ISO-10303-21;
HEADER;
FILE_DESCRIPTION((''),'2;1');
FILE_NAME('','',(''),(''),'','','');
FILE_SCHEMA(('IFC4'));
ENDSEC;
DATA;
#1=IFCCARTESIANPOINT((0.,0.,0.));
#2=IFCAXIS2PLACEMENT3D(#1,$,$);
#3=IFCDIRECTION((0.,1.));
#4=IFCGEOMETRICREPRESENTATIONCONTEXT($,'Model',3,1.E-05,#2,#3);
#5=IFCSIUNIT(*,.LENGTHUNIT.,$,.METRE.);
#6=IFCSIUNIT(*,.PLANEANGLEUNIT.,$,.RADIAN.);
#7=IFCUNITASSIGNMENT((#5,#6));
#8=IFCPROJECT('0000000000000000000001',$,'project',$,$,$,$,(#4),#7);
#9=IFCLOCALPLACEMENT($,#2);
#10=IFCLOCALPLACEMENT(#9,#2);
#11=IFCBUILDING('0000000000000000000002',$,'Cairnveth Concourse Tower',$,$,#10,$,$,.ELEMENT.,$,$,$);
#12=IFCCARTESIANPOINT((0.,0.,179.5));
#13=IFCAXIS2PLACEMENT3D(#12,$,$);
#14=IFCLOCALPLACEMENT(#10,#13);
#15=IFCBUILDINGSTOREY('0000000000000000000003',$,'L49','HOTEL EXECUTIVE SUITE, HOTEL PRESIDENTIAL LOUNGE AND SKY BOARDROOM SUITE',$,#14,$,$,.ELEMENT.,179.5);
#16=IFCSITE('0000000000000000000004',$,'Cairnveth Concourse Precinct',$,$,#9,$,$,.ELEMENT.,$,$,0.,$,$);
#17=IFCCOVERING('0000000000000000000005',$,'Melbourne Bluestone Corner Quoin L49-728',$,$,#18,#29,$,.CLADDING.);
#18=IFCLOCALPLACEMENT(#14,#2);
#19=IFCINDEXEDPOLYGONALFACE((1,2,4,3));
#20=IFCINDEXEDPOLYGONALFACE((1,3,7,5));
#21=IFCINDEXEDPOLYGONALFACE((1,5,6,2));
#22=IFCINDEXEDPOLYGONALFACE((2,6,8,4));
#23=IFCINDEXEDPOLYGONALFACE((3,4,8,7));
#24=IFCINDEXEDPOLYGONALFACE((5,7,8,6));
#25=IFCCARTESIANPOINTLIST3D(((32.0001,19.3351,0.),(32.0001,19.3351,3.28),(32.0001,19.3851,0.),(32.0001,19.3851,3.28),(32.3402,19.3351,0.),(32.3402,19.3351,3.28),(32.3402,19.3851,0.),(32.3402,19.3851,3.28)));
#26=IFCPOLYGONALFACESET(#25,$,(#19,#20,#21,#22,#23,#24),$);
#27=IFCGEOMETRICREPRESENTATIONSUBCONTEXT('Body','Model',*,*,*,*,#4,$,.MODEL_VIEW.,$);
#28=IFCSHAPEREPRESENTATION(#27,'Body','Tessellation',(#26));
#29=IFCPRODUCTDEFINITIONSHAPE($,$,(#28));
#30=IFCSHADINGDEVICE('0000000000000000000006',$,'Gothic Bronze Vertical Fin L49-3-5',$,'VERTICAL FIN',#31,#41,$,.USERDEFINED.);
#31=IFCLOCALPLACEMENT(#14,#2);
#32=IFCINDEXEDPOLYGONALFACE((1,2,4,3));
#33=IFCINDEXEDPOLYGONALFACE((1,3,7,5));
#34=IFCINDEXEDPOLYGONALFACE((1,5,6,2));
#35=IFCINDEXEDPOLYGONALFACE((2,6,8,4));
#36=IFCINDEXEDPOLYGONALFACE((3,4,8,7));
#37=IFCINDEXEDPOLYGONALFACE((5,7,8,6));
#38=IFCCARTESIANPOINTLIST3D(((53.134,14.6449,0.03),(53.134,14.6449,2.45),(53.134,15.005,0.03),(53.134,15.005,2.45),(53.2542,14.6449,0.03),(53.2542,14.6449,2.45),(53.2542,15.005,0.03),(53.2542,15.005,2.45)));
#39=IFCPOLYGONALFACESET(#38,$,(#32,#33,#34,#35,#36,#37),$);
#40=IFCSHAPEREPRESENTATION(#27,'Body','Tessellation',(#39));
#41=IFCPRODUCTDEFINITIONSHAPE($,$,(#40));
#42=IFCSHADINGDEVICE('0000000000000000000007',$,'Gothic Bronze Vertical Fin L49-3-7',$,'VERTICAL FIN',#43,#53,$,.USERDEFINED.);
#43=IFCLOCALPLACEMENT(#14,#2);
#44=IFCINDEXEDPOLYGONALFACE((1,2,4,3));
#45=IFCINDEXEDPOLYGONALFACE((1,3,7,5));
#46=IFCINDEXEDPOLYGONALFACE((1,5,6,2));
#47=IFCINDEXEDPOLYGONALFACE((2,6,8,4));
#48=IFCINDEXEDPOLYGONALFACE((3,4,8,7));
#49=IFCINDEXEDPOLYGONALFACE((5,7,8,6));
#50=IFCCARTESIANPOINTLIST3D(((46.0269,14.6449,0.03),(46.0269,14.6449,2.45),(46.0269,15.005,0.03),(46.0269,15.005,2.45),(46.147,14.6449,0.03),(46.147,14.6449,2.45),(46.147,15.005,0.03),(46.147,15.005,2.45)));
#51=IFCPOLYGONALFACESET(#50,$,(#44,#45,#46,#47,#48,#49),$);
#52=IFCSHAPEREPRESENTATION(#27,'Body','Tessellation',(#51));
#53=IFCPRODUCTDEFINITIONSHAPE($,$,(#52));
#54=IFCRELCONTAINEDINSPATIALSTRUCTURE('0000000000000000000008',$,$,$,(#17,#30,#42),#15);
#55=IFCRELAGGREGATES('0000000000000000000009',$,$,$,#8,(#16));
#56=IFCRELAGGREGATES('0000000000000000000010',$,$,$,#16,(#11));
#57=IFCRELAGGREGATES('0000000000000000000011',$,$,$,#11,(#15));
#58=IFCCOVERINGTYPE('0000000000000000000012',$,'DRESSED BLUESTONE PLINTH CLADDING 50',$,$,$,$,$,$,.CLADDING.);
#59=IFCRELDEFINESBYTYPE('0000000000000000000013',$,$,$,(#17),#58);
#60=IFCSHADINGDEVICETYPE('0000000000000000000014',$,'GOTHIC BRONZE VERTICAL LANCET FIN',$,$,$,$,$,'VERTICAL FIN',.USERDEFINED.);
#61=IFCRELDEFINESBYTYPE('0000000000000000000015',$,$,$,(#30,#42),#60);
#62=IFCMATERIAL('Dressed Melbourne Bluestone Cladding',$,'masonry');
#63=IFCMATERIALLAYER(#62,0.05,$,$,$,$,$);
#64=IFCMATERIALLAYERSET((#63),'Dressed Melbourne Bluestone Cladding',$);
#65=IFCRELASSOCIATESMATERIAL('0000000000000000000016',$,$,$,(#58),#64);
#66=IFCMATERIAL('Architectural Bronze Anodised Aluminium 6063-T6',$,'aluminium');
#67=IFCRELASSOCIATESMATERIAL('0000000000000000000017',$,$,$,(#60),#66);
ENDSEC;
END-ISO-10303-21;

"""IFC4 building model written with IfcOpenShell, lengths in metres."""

from ifc_helpers import new_model, si_unit, direction, frame, frame_2d, origin, origin_2d, place, context, subcontext, project, spatial, rectangle, extrude, material, layer, layer_set, type_object, element, save


model = new_model("IFC4")

# Units and contexts
model_context = context("Model", 3, precision=1e-05, world=origin(), true_north=direction((0.0, 1.0)))
body_context = subcontext(model_context, "Body", "Model", "MODEL_VIEW")
ifc_project = project(units=[si_unit("LENGTHUNIT", "METRE"), si_unit("PLANEANGLEUNIT", "RADIAN")], contexts=[model_context])

# Site, building, storey
site_placement = place(None, origin())
site = spatial("IfcSite", under=ifc_project, at=site_placement, Name="Cairnveth Concourse Precinct", CompositionType="ELEMENT", RefElevation=0.0)
building_placement = place(site_placement, origin())
building = spatial("IfcBuilding", under=site, at=building_placement, Name="Cairnveth Concourse Tower", CompositionType="ELEMENT")
storey_placement = place(building_placement, frame((0.0, 0.0, 179.5)))
storey = spatial("IfcBuildingStorey", under=building, at=storey_placement, Name="L49", Description="HOTEL EXECUTIVE SUITE, HOTEL PRESIDENTIAL LOUNGE AND SKY BOARDROOM SUITE", CompositionType="ELEMENT", Elevation=179.5)

# Covering
ifc_material_1 = material(Name="Dressed Melbourne Bluestone Cladding", Category="masonry")
ifc_layer_1 = layer(ifc_material_1, 0.05)
ifc_layer_set_1 = layer_set([ifc_layer_1], Name="Dressed Melbourne Bluestone Cladding")
covering_type = type_object("IfcCoveringType", Name="DRESSED BLUESTONE PLINTH CLADDING 50", PredefinedType="CLADDING", material=ifc_layer_set_1)
covering_placement = place(storey_placement, frame((32.3401, 19.3601, 0.0), z_axis=(0.0, 0.0, 1.0), x_axis=(-1.0, 0.0, 0.0)))
element("IfcCovering", 1, at=covering_placement, inside=storey, type_object=covering_type, Name="Melbourne Bluestone Corner Quoin L49-728", PredefinedType="CLADDING", context=body_context, shape_type="SweptSolid", body=[
    extrude(rectangle(XDim=0.3401, YDim=0.05, at=frame_2d((0.1699, 0.0))), origin(), (0.0, 0.0, 1.0), 3.28),
])

# Shading devices
ifc_material_2 = material(Name="Architectural Bronze Anodised Aluminium 6063-T6", Category="aluminium")
shading_device_type = type_object("IfcShadingDeviceType", Name="GOTHIC BRONZE VERTICAL LANCET FIN", ElementType="VERTICAL FIN", PredefinedType="USERDEFINED", material=ifc_material_2)
for number, where, z_axis, x_axis, name in (
    (2, (53.1941, 14.825, 0.03), (0.0, 0.0, 1.0), (1.0, 0.0, 0.0), "Gothic Bronze Vertical Fin L49-3-5"),
    (3, (46.0869, 14.825, 0.03), (0.0, 0.0, 1.0), (1.0, 0.0, 0.0), "Gothic Bronze Vertical Fin L49-3-7"),
):
    element("IfcShadingDevice", number, at=place(storey_placement, frame(where, z_axis=z_axis, x_axis=x_axis)), inside=storey, type_object=shading_device_type, Name=name, ObjectType="VERTICAL FIN", PredefinedType="USERDEFINED", context=body_context, shape_type="SweptSolid", body=[
        extrude(rectangle(XDim=0.1201, YDim=0.3601, at=origin_2d()), origin(), (0.0, 0.0, 1.0), 2.4199),
    ])

save(model, "model.ifc")
